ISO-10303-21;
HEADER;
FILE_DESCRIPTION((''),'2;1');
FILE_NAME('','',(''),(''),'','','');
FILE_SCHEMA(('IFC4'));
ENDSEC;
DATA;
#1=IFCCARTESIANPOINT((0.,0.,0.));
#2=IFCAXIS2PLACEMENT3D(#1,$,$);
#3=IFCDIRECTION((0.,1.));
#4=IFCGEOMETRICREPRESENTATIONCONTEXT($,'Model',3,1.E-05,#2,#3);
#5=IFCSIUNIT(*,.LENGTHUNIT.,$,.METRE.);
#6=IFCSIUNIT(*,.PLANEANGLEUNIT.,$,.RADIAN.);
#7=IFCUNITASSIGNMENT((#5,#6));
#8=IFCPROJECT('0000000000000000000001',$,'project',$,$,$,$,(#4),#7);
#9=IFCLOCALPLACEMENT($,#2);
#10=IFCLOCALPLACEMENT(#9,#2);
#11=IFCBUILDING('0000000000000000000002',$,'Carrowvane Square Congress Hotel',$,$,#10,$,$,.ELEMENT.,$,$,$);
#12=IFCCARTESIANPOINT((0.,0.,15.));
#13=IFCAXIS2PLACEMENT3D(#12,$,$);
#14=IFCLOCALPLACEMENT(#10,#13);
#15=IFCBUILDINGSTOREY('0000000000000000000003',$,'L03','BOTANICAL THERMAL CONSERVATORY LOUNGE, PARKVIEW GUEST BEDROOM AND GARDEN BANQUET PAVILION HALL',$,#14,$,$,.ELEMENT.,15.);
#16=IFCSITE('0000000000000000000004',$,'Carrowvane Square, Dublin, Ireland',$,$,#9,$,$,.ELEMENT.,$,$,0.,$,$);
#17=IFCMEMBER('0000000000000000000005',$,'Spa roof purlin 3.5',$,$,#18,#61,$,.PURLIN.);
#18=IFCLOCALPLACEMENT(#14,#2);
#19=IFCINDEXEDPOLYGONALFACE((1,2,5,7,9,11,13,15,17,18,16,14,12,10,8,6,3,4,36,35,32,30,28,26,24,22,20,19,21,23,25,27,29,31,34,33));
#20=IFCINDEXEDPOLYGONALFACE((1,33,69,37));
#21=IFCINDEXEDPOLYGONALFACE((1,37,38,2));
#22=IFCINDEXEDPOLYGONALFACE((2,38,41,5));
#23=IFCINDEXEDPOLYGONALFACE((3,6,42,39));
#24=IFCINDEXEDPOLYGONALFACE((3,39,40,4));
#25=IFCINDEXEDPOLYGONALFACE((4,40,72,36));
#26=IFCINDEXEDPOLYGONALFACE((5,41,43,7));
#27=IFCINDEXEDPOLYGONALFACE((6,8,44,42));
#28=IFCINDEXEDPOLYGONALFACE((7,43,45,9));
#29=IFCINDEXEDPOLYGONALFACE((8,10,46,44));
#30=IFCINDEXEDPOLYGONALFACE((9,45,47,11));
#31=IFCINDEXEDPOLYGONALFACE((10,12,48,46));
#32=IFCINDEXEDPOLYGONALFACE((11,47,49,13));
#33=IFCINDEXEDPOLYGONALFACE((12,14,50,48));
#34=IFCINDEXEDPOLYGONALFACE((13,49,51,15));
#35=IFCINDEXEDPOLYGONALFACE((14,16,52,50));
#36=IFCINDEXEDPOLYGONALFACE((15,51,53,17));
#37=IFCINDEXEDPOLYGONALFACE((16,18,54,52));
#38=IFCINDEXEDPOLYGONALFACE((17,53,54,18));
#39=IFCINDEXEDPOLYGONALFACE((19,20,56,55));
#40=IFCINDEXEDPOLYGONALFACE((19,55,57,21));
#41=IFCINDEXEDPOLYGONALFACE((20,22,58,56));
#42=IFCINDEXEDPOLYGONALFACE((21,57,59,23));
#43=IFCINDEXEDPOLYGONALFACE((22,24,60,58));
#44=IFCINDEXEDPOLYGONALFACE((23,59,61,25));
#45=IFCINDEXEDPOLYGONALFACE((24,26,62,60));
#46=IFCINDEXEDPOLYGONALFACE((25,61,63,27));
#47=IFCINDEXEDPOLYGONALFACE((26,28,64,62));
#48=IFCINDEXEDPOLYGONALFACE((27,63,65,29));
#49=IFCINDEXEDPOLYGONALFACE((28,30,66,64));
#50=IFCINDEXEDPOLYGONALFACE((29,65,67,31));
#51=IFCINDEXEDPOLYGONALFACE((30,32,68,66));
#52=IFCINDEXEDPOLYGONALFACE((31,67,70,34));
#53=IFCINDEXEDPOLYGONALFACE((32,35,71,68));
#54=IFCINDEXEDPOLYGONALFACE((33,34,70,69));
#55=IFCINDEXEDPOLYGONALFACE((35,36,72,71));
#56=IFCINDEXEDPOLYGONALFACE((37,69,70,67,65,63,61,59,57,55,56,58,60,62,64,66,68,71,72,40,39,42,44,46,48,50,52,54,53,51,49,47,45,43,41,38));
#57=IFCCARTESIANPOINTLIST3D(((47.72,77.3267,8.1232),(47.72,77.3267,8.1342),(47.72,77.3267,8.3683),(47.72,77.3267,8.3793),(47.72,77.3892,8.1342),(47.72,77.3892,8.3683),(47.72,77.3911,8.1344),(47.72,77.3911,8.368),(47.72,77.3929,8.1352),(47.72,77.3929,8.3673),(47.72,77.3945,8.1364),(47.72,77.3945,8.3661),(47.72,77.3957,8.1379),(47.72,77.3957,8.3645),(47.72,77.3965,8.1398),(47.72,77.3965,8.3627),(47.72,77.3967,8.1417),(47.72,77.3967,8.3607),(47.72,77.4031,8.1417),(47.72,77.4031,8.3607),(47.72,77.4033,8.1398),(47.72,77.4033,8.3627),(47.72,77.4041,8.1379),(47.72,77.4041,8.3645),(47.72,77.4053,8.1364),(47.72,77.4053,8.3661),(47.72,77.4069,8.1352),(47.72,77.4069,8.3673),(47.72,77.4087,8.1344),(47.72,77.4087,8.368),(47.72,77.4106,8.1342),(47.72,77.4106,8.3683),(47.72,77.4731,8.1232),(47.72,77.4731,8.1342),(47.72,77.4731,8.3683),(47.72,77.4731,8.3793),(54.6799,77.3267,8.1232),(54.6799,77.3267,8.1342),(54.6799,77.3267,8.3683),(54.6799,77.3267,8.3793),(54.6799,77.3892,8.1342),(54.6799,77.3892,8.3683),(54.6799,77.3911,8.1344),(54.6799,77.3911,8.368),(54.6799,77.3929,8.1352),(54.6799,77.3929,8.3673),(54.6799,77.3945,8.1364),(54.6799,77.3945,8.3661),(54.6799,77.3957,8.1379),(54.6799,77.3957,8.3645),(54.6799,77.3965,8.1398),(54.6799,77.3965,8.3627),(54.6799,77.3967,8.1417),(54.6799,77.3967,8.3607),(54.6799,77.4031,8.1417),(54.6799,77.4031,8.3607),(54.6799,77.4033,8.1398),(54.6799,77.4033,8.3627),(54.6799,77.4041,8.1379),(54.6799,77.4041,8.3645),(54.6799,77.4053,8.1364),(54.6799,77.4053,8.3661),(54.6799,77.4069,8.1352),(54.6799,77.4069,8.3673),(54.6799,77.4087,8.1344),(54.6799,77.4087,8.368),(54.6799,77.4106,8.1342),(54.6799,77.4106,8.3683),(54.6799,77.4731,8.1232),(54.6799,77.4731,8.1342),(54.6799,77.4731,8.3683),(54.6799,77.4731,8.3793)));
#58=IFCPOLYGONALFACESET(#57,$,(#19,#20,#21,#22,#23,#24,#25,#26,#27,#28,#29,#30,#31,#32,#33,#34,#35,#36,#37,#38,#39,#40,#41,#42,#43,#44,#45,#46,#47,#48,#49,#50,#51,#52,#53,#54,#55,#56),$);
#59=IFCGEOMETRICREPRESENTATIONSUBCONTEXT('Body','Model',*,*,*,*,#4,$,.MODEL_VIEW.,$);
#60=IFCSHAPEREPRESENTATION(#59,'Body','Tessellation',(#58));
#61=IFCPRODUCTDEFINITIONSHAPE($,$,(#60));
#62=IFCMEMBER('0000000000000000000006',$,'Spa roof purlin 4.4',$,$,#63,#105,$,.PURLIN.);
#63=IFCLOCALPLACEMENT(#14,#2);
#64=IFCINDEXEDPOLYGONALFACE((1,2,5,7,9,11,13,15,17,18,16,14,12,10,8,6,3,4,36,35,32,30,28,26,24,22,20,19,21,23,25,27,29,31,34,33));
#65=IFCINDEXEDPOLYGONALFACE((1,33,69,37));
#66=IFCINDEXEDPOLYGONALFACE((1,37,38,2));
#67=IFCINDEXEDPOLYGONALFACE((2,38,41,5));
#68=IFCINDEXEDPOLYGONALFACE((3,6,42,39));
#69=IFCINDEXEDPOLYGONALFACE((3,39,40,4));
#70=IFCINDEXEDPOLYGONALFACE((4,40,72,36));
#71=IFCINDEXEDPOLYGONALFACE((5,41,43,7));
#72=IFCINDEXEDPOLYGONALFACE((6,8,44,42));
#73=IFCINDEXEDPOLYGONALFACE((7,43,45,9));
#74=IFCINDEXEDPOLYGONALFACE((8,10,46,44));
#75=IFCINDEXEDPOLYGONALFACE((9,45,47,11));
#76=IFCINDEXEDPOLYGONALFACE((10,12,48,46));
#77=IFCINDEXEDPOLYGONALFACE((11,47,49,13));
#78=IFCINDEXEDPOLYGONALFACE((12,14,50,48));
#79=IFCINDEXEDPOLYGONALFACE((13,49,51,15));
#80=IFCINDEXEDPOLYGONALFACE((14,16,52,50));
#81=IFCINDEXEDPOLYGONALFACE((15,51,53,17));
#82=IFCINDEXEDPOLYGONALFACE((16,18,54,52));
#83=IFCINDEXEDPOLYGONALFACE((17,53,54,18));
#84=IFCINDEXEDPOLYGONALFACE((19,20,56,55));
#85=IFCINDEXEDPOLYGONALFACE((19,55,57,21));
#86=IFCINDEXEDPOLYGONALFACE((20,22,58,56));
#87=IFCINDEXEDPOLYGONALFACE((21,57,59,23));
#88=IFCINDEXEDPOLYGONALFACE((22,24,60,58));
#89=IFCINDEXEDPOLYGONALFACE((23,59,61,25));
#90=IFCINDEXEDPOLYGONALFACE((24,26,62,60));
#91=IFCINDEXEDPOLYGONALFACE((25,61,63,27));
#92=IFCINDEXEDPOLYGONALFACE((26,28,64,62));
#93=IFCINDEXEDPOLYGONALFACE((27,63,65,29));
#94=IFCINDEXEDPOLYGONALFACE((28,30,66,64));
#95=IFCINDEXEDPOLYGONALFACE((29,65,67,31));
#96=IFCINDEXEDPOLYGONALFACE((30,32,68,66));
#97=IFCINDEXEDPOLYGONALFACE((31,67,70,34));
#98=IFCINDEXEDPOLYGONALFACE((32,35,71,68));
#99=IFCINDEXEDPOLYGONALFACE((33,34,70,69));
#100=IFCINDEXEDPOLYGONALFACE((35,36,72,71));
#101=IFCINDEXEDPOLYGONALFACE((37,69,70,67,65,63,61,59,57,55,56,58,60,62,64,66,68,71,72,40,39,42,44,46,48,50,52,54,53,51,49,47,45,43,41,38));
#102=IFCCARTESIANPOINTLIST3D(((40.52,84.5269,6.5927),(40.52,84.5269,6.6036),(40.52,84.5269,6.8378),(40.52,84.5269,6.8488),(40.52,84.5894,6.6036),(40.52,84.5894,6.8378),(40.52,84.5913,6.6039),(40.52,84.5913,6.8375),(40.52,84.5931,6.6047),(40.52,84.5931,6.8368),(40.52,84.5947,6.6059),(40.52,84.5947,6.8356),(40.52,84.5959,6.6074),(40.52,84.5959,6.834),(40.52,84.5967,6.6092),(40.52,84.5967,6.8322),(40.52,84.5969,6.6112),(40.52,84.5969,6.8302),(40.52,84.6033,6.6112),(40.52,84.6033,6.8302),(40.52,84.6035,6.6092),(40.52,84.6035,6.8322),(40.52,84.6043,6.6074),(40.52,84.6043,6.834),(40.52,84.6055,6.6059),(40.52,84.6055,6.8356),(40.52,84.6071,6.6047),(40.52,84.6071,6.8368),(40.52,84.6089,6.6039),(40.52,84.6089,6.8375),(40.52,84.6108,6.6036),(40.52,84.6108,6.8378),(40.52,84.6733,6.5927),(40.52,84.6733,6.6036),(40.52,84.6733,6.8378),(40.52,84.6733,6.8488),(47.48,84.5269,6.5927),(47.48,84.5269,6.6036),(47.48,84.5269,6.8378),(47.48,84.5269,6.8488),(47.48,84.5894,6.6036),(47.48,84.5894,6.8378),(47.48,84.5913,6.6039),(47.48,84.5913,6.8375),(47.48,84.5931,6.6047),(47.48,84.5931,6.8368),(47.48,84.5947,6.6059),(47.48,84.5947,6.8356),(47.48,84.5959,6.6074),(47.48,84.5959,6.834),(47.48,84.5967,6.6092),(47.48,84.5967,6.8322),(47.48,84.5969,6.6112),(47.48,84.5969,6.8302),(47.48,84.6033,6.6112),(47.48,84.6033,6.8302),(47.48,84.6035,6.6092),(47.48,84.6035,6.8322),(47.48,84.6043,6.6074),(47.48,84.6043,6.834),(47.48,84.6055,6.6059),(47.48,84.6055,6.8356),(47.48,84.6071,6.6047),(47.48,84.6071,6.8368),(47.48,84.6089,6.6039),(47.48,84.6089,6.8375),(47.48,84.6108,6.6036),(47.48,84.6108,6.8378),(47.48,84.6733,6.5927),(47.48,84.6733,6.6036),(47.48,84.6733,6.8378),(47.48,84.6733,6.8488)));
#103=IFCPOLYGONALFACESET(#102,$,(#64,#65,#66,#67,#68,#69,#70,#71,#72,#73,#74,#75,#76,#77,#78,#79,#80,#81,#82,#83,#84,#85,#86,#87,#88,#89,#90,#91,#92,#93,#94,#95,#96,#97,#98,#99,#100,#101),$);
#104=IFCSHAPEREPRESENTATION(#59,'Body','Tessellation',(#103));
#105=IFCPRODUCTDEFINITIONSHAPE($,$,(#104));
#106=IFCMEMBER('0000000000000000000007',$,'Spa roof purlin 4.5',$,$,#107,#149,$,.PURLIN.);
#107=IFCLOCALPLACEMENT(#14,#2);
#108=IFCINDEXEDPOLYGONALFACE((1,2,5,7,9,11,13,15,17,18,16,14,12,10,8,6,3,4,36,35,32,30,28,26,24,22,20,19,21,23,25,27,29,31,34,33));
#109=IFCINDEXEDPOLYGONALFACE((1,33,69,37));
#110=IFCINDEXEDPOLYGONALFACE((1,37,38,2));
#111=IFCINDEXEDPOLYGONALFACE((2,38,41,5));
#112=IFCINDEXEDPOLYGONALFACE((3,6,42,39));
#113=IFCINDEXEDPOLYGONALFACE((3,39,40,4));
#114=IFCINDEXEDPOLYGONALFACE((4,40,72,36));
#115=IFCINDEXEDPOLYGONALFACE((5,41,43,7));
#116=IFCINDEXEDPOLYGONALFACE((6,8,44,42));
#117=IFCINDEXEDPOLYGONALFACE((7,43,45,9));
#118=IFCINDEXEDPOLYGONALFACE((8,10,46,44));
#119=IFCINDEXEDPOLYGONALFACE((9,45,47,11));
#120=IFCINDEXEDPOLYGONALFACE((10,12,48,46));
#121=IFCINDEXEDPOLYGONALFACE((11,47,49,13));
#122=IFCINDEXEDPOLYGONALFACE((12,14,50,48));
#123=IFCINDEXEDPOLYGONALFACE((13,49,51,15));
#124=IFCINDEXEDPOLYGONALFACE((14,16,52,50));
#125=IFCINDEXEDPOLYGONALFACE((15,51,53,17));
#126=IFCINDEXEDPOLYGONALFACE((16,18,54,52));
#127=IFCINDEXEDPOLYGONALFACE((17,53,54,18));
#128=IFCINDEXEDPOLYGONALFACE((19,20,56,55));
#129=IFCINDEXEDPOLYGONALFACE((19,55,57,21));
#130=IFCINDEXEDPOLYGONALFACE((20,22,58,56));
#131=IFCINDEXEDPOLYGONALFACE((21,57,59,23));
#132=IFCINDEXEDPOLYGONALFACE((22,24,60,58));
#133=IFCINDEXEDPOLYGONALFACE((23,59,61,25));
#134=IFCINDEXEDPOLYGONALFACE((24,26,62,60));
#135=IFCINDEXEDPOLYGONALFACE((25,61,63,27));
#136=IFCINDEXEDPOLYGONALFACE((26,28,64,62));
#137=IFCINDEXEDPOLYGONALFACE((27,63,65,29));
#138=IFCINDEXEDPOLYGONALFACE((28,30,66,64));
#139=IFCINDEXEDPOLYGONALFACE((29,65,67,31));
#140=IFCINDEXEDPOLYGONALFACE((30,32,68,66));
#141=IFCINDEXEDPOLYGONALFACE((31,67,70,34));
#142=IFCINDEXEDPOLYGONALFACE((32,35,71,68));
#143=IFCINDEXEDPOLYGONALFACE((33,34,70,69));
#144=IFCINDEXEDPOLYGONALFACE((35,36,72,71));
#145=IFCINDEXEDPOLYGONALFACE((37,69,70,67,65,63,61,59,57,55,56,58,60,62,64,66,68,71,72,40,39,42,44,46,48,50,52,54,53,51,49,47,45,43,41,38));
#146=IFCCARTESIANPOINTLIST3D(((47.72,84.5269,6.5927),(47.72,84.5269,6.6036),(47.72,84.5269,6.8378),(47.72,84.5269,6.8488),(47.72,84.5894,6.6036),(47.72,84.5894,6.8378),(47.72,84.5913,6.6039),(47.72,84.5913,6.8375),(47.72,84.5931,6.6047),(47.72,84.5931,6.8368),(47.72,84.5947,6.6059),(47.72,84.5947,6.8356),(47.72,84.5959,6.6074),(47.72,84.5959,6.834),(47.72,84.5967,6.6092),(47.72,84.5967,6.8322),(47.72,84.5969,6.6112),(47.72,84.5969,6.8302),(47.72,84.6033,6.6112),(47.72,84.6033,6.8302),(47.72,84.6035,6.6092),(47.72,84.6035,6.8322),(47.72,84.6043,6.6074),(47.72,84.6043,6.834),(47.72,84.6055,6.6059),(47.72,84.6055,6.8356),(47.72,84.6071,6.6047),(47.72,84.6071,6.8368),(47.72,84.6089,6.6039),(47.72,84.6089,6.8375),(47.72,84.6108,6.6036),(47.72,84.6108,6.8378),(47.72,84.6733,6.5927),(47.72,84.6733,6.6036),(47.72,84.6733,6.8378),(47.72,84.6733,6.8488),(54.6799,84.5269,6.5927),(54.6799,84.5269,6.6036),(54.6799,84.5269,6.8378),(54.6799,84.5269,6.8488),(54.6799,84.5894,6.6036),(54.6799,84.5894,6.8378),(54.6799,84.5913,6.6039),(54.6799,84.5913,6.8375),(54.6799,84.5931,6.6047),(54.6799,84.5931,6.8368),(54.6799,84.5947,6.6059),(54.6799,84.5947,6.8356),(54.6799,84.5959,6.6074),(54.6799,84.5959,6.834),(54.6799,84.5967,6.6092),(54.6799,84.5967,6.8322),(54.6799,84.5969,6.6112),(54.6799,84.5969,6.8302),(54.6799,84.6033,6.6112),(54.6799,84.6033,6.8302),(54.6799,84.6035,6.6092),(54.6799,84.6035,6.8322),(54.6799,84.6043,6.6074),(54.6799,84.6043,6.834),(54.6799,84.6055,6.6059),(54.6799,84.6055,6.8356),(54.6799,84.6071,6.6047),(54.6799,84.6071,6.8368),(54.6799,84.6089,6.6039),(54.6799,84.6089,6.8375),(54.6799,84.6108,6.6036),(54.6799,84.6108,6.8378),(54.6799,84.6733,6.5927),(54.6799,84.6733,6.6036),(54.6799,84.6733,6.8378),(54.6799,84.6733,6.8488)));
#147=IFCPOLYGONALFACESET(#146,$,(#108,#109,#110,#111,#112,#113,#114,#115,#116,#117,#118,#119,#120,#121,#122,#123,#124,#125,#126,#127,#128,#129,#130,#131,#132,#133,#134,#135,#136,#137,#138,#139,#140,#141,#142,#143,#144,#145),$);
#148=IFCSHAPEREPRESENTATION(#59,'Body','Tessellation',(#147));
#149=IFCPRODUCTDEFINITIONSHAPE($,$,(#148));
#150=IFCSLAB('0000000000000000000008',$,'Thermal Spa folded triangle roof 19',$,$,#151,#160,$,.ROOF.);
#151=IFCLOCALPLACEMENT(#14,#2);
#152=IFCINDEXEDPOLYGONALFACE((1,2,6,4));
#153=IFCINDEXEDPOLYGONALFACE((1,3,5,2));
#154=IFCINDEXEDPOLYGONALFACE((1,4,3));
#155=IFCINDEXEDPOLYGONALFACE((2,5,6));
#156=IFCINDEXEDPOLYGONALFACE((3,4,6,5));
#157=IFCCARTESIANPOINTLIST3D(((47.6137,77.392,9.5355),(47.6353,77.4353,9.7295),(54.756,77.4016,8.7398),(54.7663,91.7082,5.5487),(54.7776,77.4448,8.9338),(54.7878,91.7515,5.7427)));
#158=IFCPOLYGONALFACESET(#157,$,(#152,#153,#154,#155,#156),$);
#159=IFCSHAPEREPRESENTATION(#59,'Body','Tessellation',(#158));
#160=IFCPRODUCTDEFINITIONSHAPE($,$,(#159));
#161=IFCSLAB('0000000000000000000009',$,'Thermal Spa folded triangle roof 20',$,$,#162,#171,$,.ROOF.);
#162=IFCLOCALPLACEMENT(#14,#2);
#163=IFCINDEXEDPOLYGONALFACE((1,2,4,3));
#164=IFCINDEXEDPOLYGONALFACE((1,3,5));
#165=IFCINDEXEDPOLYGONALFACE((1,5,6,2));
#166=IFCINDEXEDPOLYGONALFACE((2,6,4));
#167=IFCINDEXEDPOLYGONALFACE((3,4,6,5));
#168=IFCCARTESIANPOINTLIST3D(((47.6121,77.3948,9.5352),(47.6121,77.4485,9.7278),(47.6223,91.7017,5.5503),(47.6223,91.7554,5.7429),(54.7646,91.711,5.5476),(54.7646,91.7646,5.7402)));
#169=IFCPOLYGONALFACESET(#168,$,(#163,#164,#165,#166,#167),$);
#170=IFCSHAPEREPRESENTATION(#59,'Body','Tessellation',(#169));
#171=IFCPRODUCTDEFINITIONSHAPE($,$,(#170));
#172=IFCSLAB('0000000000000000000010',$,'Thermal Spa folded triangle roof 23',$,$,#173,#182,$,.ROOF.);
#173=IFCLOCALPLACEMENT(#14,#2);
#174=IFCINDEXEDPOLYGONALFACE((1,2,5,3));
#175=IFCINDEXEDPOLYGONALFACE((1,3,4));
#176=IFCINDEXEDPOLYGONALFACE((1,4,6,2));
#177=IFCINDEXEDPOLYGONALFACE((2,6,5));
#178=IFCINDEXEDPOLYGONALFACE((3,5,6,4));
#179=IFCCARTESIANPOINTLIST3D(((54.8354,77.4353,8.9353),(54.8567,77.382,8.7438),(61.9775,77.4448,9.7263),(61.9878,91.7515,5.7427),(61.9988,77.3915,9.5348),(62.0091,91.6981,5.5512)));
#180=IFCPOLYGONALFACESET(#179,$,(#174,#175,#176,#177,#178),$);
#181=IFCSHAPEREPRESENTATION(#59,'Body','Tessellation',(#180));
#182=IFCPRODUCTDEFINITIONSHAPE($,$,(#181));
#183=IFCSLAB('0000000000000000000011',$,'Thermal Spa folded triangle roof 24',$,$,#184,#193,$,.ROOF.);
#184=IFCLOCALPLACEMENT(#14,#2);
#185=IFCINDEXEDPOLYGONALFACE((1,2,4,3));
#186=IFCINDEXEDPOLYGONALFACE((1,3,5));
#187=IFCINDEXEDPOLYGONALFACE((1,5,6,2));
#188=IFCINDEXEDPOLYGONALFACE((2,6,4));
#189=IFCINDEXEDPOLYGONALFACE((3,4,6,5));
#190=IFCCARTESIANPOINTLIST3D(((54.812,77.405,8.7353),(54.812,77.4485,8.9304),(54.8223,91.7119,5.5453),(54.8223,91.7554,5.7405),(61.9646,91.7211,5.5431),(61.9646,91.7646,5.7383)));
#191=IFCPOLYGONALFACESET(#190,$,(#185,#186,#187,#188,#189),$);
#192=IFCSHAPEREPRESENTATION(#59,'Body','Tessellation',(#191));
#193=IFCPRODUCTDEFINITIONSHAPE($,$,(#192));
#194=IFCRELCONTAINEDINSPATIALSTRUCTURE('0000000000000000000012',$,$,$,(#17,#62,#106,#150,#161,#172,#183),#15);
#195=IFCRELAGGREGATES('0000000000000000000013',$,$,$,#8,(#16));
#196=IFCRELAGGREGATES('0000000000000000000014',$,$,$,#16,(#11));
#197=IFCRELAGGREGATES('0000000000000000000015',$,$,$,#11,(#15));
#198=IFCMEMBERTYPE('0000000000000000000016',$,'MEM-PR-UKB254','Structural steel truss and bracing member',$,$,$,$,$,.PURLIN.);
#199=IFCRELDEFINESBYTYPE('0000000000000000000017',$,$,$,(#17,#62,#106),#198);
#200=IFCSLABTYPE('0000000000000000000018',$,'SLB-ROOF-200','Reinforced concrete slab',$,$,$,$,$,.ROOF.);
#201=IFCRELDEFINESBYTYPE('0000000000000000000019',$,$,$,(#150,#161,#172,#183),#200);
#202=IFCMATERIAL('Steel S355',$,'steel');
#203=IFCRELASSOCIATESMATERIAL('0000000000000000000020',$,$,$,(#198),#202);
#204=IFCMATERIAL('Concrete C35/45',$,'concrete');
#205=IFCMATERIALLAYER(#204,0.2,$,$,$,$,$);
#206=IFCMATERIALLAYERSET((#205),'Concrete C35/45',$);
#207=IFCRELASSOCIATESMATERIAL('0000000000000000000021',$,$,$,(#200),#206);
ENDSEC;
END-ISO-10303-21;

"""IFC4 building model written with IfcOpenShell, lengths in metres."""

from ifc_helpers import new_model, si_unit, direction, frame, origin, origin_2d, place, context, subcontext, project, spatial, polyline, i_section, outline, extrude, material, layer, layer_set, material_profile, profile_set, type_object, element, save


model = new_model("IFC4")

# Units and contexts
model_context = context("Model", 3, precision=1e-05, world=origin(), true_north=direction((0.0, 1.0)))
body_context = subcontext(model_context, "Body", "Model", "MODEL_VIEW")
ifc_project = project(units=[si_unit("LENGTHUNIT", "METRE"), si_unit("PLANEANGLEUNIT", "RADIAN")], contexts=[model_context])

# Site, building, storey
site_placement = place(None, origin())
site = spatial("IfcSite", under=ifc_project, at=site_placement, Name="Carrowvane Square, Dublin, Ireland", CompositionType="ELEMENT", RefElevation=0.0)
building_placement = place(site_placement, origin())
building = spatial("IfcBuilding", under=site, at=building_placement, Name="Carrowvane Square Congress Hotel", CompositionType="ELEMENT")
storey_placement = place(building_placement, frame((0.0, 0.0, 15.0)))
storey = spatial("IfcBuildingStorey", under=building, at=storey_placement, Name="L03", Description="BOTANICAL THERMAL CONSERVATORY LOUNGE, PARKVIEW GUEST BEDROOM AND GARDEN BANQUET PAVILION HALL", CompositionType="ELEMENT", Elevation=15.0)

# Members
ifc_material_1 = material(Name="Steel S355", Category="steel")
ifc_material_profile_1 = material_profile(ifc_material_1, i_section(OverallWidth=0.1465, OverallDepth=0.2561, WebThickness=0.0063, FlangeThickness=0.011, FilletRadius=0.0076, at=origin_2d()), Name="UKB 254x146x37")
ifc_profile_set_1 = profile_set([ifc_material_profile_1], Name="Steel S355")
member_type = type_object("IfcMemberType", Name="MEM-PR-UKB254", Description="Structural steel truss and bracing member", PredefinedType="PURLIN", material=ifc_profile_set_1)
for number, where, z_axis, x_axis, name in (
    (1, (47.72, 77.3999, 8.2512), (1.0, 0.0, 0.0), (0.0, 1.0, 0.0), "Spa roof purlin 3.5"),
    (2, (40.52, 84.6001, 6.7207), (1.0, 0.0, 0.0), (0.0, 1.0, 0.0), "Spa roof purlin 4.4"),
    (3, (47.72, 84.6001, 6.7207), (1.0, 0.0, 0.0), (0.0, 1.0, 0.0), "Spa roof purlin 4.5"),
):
    element("IfcMember", number, at=place(storey_placement, frame(where, z_axis=z_axis, x_axis=x_axis)), inside=storey, type_object=member_type, Name=name, PredefinedType="PURLIN", context=body_context, shape_type="SweptSolid", body=[
        extrude(i_section(OverallWidth=0.1465, OverallDepth=0.2561, WebThickness=0.0063, FlangeThickness=0.011, FilletRadius=0.0076, at=origin_2d()), origin(), (0.0, 0.0, 1.0), 6.96),
    ])

# Slabs
ifc_material_2 = material(Name="Concrete C35/45", Category="concrete")
ifc_layer_1 = layer(ifc_material_2, 0.2)
ifc_layer_set_1 = layer_set([ifc_layer_1], Name="Concrete C35/45")
slab_type = type_object("IfcSlabType", Name="SLB-ROOF-200", Description="Reinforced concrete slab", PredefinedType="ROOF", material=ifc_layer_set_1)
slab_1_placement = place(storey_placement, frame((47.6353, 77.4353, 9.7295), z_axis=(0.107808, 0.216362, 0.970343), x_axis=(0.993851, 0.001325, -0.110715)))
element("IfcSlab", 4, at=slab_1_placement, inside=storey, type_object=slab_type, Name="Thermal Spa folded triangle roof 19", PredefinedType="ROOF", context=body_context, shape_type="SweptSolid", body=[
    extrude(outline(polyline([(0.0, 0.0), (7.1865, 0.0), (7.569, 14.6532), (0.0, 0.0)])), origin(), (0.0, 0.0, -1.0), 0.2),
])
slab_2_placement = place(storey_placement, frame((47.6121, 77.4485, 9.7278), z_axis=(0.000014, 0.268314, 0.963331), x_axis=(0.433679, 0.868025, -0.241775)))
element("IfcSlab", 5, at=slab_2_placement, inside=storey, type_object=slab_type, Name="Thermal Spa folded triangle roof 20", PredefinedType="ROOF", context=body_context, shape_type="SweptSolid", body=[
    extrude(outline(polyline([(0.0, 0.0), (16.4928, 0.0), (13.3866, 6.4315), (0.0, 0.0)])), origin(), (0.0, 0.0, -1.0), 0.2),
])
slab_3_placement = place(storey_placement, frame((54.8354, 77.4353, 8.9353), z_axis=(-0.106442, 0.266789, 0.957859), x_axis=(0.993922, 0.001325, 0.110081)))
element("IfcSlab", 6, at=slab_3_placement, inside=storey, type_object=slab_type, Name="Thermal Spa folded triangle roof 23", PredefinedType="ROOF", context=body_context, shape_type="SweptSolid", body=[
    extrude(outline(polyline([(0.0, 0.0), (7.1858, 0.0), (6.7764, 14.8453), (0.0, 0.0)])), origin(), (0.0, 0.0, -1.0), 0.2),
])
slab_4_placement = place(storey_placement, frame((54.812, 77.4485, 8.9304), z_axis=(0.000018, 0.217622, 0.976033), x_axis=(0.438305, 0.877283, -0.195612)))
element("IfcSlab", 7, at=slab_4_placement, inside=storey, type_object=slab_type, Name="Thermal Spa folded triangle roof 24", PredefinedType="ROOF", context=body_context, shape_type="SweptSolid", body=[
    extrude(outline(polyline([(0.0, 0.0), (16.3188, 0.0), (13.1797, 6.4155), (0.0, 0.0)])), origin(), (0.0, 0.0, -1.0), 0.2),
])

save(model, "model.ifc")
